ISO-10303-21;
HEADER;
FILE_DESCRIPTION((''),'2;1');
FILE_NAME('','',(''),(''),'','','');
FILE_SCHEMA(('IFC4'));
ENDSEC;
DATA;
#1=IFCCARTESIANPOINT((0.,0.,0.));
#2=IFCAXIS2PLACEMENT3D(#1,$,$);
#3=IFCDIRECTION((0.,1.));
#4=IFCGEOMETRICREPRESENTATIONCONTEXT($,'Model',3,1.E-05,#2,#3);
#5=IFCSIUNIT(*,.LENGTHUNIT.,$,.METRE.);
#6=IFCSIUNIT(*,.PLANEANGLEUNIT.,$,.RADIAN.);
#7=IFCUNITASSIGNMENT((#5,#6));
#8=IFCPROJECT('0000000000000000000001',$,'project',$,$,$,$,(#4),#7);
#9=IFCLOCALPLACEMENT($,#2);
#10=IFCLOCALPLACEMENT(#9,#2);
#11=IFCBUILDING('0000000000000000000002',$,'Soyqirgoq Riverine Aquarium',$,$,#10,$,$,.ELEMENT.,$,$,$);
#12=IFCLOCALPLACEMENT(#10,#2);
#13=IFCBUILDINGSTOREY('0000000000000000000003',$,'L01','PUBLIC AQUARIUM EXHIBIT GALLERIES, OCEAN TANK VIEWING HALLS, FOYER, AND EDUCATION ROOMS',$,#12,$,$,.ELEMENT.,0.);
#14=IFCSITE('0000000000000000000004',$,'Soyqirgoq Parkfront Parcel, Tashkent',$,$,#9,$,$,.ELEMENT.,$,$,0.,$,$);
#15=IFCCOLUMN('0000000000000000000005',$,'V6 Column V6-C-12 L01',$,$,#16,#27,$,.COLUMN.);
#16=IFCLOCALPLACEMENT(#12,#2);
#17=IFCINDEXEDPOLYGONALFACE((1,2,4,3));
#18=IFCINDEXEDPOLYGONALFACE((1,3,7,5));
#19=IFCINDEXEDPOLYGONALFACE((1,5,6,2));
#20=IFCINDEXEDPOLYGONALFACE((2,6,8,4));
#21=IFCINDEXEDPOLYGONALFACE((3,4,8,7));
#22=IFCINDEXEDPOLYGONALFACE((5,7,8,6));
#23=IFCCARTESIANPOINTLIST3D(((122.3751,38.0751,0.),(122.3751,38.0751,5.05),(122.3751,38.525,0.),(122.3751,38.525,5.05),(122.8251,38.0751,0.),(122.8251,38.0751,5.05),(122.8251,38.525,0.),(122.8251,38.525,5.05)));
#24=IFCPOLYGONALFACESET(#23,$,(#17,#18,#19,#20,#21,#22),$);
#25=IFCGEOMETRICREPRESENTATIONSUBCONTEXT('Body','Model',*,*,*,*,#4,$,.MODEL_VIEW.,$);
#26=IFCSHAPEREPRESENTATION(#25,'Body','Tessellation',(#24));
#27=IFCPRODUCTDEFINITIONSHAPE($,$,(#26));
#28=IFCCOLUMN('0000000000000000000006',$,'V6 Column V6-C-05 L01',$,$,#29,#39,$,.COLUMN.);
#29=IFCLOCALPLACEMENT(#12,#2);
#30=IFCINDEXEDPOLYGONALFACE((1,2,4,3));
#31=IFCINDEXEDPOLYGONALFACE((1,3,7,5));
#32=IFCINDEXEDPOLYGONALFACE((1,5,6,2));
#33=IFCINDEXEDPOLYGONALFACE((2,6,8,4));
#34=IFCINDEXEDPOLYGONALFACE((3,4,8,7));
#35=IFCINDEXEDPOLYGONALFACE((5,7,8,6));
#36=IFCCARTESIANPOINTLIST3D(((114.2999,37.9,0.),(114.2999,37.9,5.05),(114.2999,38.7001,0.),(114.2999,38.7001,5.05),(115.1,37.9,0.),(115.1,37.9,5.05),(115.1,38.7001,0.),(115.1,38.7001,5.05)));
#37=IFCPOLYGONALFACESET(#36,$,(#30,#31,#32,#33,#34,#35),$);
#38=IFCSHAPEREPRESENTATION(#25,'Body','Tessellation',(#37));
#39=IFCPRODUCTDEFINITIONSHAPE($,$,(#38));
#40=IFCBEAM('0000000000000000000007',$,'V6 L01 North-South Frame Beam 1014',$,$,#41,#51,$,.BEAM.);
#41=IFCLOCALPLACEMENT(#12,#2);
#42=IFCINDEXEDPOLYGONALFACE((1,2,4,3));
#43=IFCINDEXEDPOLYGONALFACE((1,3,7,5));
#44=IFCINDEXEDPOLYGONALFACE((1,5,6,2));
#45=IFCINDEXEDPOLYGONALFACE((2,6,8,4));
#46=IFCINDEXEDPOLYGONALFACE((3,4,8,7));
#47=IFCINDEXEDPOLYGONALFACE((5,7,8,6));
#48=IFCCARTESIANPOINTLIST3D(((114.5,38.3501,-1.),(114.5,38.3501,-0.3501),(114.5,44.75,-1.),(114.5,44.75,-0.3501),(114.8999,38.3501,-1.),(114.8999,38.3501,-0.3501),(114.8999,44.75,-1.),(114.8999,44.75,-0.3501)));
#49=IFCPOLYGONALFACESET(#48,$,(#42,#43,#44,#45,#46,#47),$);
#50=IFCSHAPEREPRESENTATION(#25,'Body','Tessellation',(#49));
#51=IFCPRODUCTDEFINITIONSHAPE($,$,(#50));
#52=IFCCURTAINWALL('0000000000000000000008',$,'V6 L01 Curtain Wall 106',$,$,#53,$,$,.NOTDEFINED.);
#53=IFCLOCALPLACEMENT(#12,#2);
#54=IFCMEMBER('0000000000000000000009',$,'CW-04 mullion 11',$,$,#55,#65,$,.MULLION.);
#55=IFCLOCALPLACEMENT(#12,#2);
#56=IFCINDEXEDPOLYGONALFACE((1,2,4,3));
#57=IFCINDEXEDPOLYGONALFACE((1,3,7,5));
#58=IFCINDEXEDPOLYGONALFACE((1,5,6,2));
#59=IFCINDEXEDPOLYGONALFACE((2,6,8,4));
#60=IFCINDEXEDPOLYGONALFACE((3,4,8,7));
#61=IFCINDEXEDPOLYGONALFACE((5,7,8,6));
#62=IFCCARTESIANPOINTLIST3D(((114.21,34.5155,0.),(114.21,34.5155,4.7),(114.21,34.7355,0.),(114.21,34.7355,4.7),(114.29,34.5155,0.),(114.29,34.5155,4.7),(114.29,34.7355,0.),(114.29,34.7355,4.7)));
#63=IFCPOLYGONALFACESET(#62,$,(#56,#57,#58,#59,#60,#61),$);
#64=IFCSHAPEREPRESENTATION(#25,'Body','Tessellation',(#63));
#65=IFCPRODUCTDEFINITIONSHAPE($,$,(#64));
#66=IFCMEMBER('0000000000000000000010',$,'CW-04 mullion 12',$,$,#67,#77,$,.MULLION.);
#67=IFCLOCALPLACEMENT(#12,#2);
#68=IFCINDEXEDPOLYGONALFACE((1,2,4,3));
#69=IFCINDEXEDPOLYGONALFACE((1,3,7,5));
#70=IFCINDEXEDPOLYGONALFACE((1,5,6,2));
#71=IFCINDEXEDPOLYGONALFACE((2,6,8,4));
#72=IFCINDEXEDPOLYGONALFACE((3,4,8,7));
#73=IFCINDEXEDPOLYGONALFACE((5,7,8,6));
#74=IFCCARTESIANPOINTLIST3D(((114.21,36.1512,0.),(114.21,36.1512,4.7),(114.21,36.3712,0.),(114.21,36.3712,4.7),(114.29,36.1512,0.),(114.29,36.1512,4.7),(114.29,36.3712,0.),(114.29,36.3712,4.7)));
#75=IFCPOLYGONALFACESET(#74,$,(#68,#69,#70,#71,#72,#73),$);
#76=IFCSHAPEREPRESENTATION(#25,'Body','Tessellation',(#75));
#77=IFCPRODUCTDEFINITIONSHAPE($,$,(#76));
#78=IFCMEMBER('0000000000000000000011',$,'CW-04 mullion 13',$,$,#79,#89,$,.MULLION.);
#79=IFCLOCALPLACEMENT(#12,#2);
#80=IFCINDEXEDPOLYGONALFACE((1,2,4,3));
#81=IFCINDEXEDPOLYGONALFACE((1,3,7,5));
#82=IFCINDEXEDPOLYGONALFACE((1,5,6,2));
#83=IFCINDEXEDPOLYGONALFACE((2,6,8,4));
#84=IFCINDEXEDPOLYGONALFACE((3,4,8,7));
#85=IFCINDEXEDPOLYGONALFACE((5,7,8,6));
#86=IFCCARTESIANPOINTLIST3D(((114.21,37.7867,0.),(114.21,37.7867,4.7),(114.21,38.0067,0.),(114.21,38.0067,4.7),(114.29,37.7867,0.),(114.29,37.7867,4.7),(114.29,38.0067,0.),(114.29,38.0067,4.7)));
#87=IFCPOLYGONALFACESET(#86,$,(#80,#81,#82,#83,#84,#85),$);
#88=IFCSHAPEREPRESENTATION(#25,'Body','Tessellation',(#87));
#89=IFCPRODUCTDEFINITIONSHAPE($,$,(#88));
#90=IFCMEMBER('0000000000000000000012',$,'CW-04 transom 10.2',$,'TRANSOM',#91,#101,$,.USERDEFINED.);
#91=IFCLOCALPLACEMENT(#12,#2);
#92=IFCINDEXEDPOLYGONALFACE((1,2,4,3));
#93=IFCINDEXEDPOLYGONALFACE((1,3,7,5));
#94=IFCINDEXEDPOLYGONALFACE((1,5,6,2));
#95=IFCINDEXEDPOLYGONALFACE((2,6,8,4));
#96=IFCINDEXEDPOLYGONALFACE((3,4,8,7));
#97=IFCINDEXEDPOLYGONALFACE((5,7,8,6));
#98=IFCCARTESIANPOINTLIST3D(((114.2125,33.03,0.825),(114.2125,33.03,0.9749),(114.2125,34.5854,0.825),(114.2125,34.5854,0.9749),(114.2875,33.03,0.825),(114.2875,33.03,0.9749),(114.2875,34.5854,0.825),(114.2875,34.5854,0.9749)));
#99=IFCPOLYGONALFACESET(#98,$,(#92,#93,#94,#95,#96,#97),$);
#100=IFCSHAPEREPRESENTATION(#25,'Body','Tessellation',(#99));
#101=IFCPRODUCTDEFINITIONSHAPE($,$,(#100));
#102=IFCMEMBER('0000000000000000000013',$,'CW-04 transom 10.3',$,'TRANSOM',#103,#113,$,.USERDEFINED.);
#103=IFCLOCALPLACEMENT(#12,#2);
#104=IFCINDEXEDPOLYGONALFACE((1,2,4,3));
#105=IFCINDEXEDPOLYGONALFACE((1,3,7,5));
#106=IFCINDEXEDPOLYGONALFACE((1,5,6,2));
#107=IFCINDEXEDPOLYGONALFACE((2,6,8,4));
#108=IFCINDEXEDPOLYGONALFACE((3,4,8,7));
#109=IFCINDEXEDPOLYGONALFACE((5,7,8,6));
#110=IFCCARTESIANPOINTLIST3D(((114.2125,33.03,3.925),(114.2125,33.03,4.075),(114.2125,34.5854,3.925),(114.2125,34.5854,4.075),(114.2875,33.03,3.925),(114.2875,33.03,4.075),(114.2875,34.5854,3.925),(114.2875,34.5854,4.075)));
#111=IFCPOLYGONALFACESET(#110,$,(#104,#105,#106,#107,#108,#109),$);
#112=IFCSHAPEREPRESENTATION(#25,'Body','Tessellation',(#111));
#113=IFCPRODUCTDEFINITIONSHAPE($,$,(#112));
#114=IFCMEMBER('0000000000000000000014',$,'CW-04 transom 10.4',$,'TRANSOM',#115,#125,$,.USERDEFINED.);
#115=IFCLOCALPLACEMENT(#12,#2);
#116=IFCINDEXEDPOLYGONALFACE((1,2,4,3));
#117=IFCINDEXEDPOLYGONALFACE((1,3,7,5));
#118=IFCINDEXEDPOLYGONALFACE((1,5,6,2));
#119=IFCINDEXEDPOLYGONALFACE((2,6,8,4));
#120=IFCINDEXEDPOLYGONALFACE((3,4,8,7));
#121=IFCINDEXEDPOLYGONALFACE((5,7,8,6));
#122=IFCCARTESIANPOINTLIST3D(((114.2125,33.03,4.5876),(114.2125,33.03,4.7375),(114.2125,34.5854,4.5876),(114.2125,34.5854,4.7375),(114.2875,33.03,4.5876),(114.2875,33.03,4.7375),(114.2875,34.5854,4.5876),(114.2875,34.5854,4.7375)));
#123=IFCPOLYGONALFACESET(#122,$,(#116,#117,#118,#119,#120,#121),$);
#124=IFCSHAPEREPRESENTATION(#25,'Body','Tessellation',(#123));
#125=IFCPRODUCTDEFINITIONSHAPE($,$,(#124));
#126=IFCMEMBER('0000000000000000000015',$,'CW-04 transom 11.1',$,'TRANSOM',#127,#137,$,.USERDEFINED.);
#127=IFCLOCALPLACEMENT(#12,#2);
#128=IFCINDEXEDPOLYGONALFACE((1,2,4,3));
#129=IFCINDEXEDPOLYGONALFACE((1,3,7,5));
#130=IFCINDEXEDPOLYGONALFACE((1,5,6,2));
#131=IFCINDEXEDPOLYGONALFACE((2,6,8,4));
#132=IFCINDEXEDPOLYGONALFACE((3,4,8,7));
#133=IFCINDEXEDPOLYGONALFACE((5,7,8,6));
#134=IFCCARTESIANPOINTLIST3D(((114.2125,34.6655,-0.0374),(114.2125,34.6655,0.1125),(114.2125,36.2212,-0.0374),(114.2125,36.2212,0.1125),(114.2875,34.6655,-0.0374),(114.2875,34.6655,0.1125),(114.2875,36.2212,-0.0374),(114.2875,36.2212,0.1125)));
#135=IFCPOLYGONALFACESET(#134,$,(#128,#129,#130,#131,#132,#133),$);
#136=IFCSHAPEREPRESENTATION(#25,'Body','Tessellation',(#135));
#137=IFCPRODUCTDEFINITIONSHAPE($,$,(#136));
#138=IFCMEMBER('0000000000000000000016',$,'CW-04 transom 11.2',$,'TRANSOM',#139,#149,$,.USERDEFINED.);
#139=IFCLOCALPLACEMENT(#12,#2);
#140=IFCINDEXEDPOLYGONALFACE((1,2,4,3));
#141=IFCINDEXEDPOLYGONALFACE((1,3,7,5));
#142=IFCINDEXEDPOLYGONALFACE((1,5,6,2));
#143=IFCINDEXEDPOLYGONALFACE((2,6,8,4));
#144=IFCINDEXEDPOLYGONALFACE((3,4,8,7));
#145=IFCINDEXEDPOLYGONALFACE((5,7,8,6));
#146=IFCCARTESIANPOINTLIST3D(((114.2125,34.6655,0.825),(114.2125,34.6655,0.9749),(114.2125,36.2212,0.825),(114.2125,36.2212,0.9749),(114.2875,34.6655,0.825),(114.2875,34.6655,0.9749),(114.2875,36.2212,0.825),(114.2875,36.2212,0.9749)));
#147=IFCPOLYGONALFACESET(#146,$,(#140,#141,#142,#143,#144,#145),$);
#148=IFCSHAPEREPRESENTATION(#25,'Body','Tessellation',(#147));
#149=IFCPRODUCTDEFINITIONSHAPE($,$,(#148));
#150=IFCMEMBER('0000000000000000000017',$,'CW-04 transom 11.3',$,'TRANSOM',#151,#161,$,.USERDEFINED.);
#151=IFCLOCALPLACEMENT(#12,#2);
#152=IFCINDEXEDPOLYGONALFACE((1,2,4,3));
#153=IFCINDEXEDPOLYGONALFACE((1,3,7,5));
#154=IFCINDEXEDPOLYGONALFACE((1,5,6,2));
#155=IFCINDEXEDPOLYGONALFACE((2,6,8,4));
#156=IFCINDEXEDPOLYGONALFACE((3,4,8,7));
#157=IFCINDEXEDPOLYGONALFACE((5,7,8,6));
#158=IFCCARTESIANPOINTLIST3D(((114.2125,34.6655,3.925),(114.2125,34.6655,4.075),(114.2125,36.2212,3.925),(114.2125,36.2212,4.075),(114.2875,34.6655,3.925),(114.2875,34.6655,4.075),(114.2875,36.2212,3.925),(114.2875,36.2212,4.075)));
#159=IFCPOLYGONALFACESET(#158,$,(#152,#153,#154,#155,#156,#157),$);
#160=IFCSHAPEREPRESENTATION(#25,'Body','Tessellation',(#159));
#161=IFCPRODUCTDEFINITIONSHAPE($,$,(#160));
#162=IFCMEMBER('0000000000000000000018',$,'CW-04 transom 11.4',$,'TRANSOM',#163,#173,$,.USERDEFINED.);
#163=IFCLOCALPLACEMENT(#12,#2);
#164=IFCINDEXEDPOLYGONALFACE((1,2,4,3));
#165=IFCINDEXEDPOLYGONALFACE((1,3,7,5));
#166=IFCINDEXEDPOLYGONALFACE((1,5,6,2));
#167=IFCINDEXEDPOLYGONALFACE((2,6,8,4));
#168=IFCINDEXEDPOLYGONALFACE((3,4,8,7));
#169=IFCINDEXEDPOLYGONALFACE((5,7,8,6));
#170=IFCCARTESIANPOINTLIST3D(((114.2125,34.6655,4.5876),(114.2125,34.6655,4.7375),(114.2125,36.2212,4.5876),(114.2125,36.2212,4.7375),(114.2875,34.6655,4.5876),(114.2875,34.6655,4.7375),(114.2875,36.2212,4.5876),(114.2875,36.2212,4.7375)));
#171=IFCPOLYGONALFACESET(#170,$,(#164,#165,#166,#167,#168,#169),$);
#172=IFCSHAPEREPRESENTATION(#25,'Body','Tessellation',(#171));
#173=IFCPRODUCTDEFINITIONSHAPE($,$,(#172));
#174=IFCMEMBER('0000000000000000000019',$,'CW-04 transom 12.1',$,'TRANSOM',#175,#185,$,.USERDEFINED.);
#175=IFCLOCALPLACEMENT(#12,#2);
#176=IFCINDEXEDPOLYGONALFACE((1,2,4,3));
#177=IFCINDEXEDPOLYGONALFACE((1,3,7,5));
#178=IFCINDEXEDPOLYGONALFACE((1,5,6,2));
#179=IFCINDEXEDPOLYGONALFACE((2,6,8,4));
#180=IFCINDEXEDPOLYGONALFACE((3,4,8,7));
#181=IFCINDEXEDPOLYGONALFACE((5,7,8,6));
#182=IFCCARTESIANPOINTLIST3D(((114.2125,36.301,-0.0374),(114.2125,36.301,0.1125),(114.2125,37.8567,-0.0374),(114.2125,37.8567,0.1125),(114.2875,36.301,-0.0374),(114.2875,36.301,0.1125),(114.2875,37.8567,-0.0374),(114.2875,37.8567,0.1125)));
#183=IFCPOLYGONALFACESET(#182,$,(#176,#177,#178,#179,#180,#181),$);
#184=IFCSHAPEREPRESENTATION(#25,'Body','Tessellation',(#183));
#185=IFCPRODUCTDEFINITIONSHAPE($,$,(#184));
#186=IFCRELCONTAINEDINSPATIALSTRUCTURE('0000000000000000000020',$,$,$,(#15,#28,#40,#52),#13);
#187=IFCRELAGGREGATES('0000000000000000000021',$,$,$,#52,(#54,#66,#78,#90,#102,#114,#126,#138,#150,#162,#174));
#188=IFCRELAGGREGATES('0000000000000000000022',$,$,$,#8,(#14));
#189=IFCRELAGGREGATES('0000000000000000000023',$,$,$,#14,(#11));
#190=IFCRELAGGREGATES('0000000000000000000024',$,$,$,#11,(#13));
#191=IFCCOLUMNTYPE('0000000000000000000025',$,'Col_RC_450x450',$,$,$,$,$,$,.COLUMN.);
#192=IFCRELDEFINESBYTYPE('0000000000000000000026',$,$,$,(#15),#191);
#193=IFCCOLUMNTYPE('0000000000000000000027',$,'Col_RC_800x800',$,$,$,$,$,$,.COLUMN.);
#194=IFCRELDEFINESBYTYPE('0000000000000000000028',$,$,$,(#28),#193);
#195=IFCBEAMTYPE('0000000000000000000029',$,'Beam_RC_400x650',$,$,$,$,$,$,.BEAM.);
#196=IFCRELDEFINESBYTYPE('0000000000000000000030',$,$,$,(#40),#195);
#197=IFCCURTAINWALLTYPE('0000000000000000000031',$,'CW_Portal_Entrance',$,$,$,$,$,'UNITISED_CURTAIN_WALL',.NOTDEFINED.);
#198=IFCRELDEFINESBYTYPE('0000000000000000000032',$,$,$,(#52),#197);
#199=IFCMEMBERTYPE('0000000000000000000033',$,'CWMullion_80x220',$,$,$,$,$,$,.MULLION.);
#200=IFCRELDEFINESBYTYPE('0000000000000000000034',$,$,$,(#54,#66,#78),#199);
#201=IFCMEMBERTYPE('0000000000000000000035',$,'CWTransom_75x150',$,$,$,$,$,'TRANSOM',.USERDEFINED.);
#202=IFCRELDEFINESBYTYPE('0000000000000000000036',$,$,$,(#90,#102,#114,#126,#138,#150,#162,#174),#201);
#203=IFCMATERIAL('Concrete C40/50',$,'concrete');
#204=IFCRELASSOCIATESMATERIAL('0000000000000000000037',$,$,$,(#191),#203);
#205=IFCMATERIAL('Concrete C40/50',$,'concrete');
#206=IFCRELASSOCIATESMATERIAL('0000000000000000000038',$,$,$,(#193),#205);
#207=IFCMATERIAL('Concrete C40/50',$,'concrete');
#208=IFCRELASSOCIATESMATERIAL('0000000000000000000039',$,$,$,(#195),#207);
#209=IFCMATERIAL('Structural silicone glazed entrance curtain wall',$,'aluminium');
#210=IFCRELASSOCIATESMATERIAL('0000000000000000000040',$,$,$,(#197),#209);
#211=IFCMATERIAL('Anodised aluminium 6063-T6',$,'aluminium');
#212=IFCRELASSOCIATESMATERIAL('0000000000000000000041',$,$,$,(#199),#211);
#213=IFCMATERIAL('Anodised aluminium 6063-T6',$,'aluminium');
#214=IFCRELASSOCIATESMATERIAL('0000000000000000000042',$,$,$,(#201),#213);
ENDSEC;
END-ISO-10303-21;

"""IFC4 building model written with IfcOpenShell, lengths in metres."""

from ifc_helpers import new_model, si_unit, direction, frame, origin, origin_2d, place, context, subcontext, project, spatial, rectangle, extrude, material, material_profile, profile_set, type_object, element, aggregate, save


model = new_model("IFC4")

# Units and contexts
model_context = context("Model", 3, precision=1e-05, world=origin(), true_north=direction((0.0, 1.0)))
body_context = subcontext(model_context, "Body", "Model", "MODEL_VIEW")
ifc_project = project(units=[si_unit("LENGTHUNIT", "METRE"), si_unit("PLANEANGLEUNIT", "RADIAN")], contexts=[model_context])

# Site, building, storey
site_placement = place(None, origin())
site = spatial("IfcSite", under=ifc_project, at=site_placement, Name="Soyqirgoq Parkfront Parcel, Tashkent", CompositionType="ELEMENT", RefElevation=0.0)
building_placement = place(site_placement, origin())
building = spatial("IfcBuilding", under=site, at=building_placement, Name="Soyqirgoq Riverine Aquarium", CompositionType="ELEMENT")
storey_placement = place(building_placement, origin())
storey = spatial("IfcBuildingStorey", under=building, at=storey_placement, Name="L01", Description="PUBLIC AQUARIUM EXHIBIT GALLERIES, OCEAN TANK VIEWING HALLS, FOYER, AND EDUCATION ROOMS", CompositionType="ELEMENT", Elevation=0.0)

# Columns
ifc_material_1 = material(Name="Concrete C40/50", Category="concrete")
ifc_material_profile_1 = material_profile(ifc_material_1, rectangle(XDim=0.45, YDim=0.45, at=origin_2d()), Name="RC 450x450")
ifc_profile_set_1 = profile_set([ifc_material_profile_1], Name="Concrete C40/50")
column_type_1 = type_object("IfcColumnType", Name="Col_RC_450x450", PredefinedType="COLUMN", material=ifc_profile_set_1)
column_1_placement = place(storey_placement, frame((122.6001, 38.3, 0.0), z_axis=(0.0, 0.0, 1.0), x_axis=(1.0, 0.0, 0.0)))
element("IfcColumn", 1, at=column_1_placement, inside=storey, type_object=column_type_1, Name="V6 Column V6-C-12 L01", PredefinedType="COLUMN", context=body_context, shape_type="SweptSolid", body=[
    extrude(rectangle(XDim=0.45, YDim=0.45, at=origin_2d()), origin(), (0.0, 0.0, 1.0), 5.05),
])
ifc_material_2 = material(Name="Concrete C40/50", Category="concrete")
ifc_material_profile_2 = material_profile(ifc_material_2, rectangle(XDim=0.8, YDim=0.8, at=origin_2d()), Name="RC 800x800")
ifc_profile_set_2 = profile_set([ifc_material_profile_2], Name="Concrete C40/50")
column_type_2 = type_object("IfcColumnType", Name="Col_RC_800x800", PredefinedType="COLUMN", material=ifc_profile_set_2)
column_2_placement = place(storey_placement, frame((114.7, 38.3, 0.0), z_axis=(0.0, 0.0, 1.0), x_axis=(1.0, 0.0, 0.0)))
element("IfcColumn", 2, at=column_2_placement, inside=storey, type_object=column_type_2, Name="V6 Column V6-C-05 L01", PredefinedType="COLUMN", context=body_context, shape_type="SweptSolid", body=[
    extrude(rectangle(XDim=0.8, YDim=0.8, at=origin_2d()), origin(), (0.0, 0.0, 1.0), 5.05),
])

# Beam
ifc_material_3 = material(Name="Concrete C40/50", Category="concrete")
ifc_material_profile_3 = material_profile(ifc_material_3, rectangle(XDim=0.3999, YDim=0.6499, at=origin_2d()), Name="RC 400x650")
ifc_profile_set_3 = profile_set([ifc_material_profile_3], Name="Concrete C40/50")
beam_type_1 = type_object("IfcBeamType", Name="Beam_RC_400x650", PredefinedType="BEAM", material=ifc_profile_set_3)
beam_1_placement = place(storey_placement, frame((114.7, 38.3501, -0.675), z_axis=(0.0, 1.0, 0.0), x_axis=(-1.0, 0.0, 0.0)))
element("IfcBeam", 3, at=beam_1_placement, inside=storey, type_object=beam_type_1, Name="V6 L01 North-South Frame Beam 1014", PredefinedType="BEAM", context=body_context, shape_type="SweptSolid", body=[
    extrude(rectangle(XDim=0.3999, YDim=0.6499, at=origin_2d()), origin(), (0.0, 0.0, 1.0), 6.3999),
])

# Curtain wall, members
ifc_material_4 = material(Name="Structural silicone glazed entrance curtain wall", Category="aluminium")
curtain_wall_type = type_object("IfcCurtainWallType", Name="CW_Portal_Entrance", ElementType="UNITISED_CURTAIN_WALL", PredefinedType="NOTDEFINED", material=ifc_material_4)
curtain_wall_placement = place(storey_placement, origin())
curtain_wall = element("IfcCurtainWall", 4, at=curtain_wall_placement, inside=storey, type_object=curtain_wall_type, Name="V6 L01 Curtain Wall 106", PredefinedType="NOTDEFINED")
ifc_material_5 = material(Name="Anodised aluminium 6063-T6", Category="aluminium")
ifc_material_profile_4 = material_profile(ifc_material_5, rectangle(XDim=0.0801, YDim=0.22, at=origin_2d()), Name="ALU-M 80x220")
ifc_profile_set_4 = profile_set([ifc_material_profile_4], Name="Anodised aluminium 6063-T6")
member_type_1 = type_object("IfcMemberType", Name="CWMullion_80x220", PredefinedType="MULLION", material=ifc_profile_set_4)
member_1_placement = place(storey_placement, frame((114.25, 34.6255, 0.0), z_axis=(0.0, 0.0, 1.0), x_axis=(-1.0, 0.0, 0.0)))
member_1 = element("IfcMember", 5, at=member_1_placement, type_object=member_type_1, Name="CW-04 mullion 11", PredefinedType="MULLION", context=body_context, shape_type="SweptSolid", body=[
    extrude(rectangle(XDim=0.0801, YDim=0.22, at=origin_2d()), origin(), (0.0, 0.0, 1.0), 4.7),
])
member_2_placement = place(storey_placement, frame((114.25, 36.2612, 0.0), z_axis=(0.0, 0.0, 1.0), x_axis=(-1.0, 0.0, 0.0)))
member_2 = element("IfcMember", 6, at=member_2_placement, type_object=member_type_1, Name="CW-04 mullion 12", PredefinedType="MULLION", context=body_context, shape_type="SweptSolid", body=[
    extrude(rectangle(XDim=0.0801, YDim=0.22, at=origin_2d()), origin(), (0.0, 0.0, 1.0), 4.7),
])
member_3_placement = place(storey_placement, frame((114.25, 37.8967, 0.0), z_axis=(0.0, 0.0, 1.0), x_axis=(-1.0, 0.0, 0.0)))
member_3 = element("IfcMember", 7, at=member_3_placement, type_object=member_type_1, Name="CW-04 mullion 13", PredefinedType="MULLION", context=body_context, shape_type="SweptSolid", body=[
    extrude(rectangle(XDim=0.0801, YDim=0.22, at=origin_2d()), origin(), (0.0, 0.0, 1.0), 4.7),
])
ifc_material_6 = material(Name="Anodised aluminium 6063-T6", Category="aluminium")
ifc_material_profile_5 = material_profile(ifc_material_6, rectangle(XDim=0.075, YDim=0.1499, at=origin_2d()), Name="ALU-T 75x150")
ifc_profile_set_5 = profile_set([ifc_material_profile_5], Name="Anodised aluminium 6063-T6")
member_type_2 = type_object("IfcMemberType", Name="CWTransom_75x150", ElementType="TRANSOM", PredefinedType="USERDEFINED", material=ifc_profile_set_5)
member_4_placement = place(storey_placement, frame((114.25, 33.03, 0.8999), z_axis=(0.0, 1.0, 0.0), x_axis=(-1.0, 0.0, 0.0)))
member_4 = element("IfcMember", 8, at=member_4_placement, type_object=member_type_2, Name="CW-04 transom 10.2", ObjectType="TRANSOM", PredefinedType="USERDEFINED", context=body_context, shape_type="SweptSolid", body=[
    extrude(rectangle(XDim=0.075, YDim=0.1499, at=origin_2d()), origin(), (0.0, 0.0, 1.0), 1.5554),
])
member_5_placement = place(storey_placement, frame((114.25, 33.03, 4.0), z_axis=(0.0, 1.0, 0.0), x_axis=(-1.0, 0.0, 0.0)))
member_5 = element("IfcMember", 9, at=member_5_placement, type_object=member_type_2, Name="CW-04 transom 10.3", ObjectType="TRANSOM", PredefinedType="USERDEFINED", context=body_context, shape_type="SweptSolid", body=[
    extrude(rectangle(XDim=0.075, YDim=0.1499, at=origin_2d()), origin(), (0.0, 0.0, 1.0), 1.5554),
])
member_6_placement = place(storey_placement, frame((114.25, 33.03, 4.6626), z_axis=(0.0, 1.0, 0.0), x_axis=(-1.0, 0.0, 0.0)))
member_6 = element("IfcMember", 10, at=member_6_placement, type_object=member_type_2, Name="CW-04 transom 10.4", ObjectType="TRANSOM", PredefinedType="USERDEFINED", context=body_context, shape_type="SweptSolid", body=[
    extrude(rectangle(XDim=0.075, YDim=0.1499, at=origin_2d()), origin(), (0.0, 0.0, 1.0), 1.5554),
])
member_7_placement = place(storey_placement, frame((114.25, 34.6655, 0.0376), z_axis=(0.0, 1.0, 0.0), x_axis=(-1.0, 0.0, 0.0)))
member_7 = element("IfcMember", 11, at=member_7_placement, type_object=member_type_2, Name="CW-04 transom 11.1", ObjectType="TRANSOM", PredefinedType="USERDEFINED", context=body_context, shape_type="SweptSolid", body=[
    extrude(rectangle(XDim=0.075, YDim=0.1499, at=origin_2d()), origin(), (0.0, 0.0, 1.0), 1.5557),
])
member_8_placement = place(storey_placement, frame((114.25, 34.6655, 0.8999), z_axis=(0.0, 1.0, 0.0), x_axis=(-1.0, 0.0, 0.0)))
member_8 = element("IfcMember", 12, at=member_8_placement, type_object=member_type_2, Name="CW-04 transom 11.2", ObjectType="TRANSOM", PredefinedType="USERDEFINED", context=body_context, shape_type="SweptSolid", body=[
    extrude(rectangle(XDim=0.075, YDim=0.1499, at=origin_2d()), origin(), (0.0, 0.0, 1.0), 1.5557),
])
member_9_placement = place(storey_placement, frame((114.25, 34.6655, 4.0), z_axis=(0.0, 1.0, 0.0), x_axis=(-1.0, 0.0, 0.0)))
member_9 = element("IfcMember", 13, at=member_9_placement, type_object=member_type_2, Name="CW-04 transom 11.3", ObjectType="TRANSOM", PredefinedType="USERDEFINED", context=body_context, shape_type="SweptSolid", body=[
    extrude(rectangle(XDim=0.075, YDim=0.1499, at=origin_2d()), origin(), (0.0, 0.0, 1.0), 1.5557),
])
member_10_placement = place(storey_placement, frame((114.25, 34.6655, 4.6626), z_axis=(0.0, 1.0, 0.0), x_axis=(-1.0, 0.0, 0.0)))
member_10 = element("IfcMember", 14, at=member_10_placement, type_object=member_type_2, Name="CW-04 transom 11.4", ObjectType="TRANSOM", PredefinedType="USERDEFINED", context=body_context, shape_type="SweptSolid", body=[
    extrude(rectangle(XDim=0.075, YDim=0.1499, at=origin_2d()), origin(), (0.0, 0.0, 1.0), 1.5557),
])
member_11_placement = place(storey_placement, frame((114.25, 36.301, 0.0376), z_axis=(0.0, 1.0, 0.0), x_axis=(-1.0, 0.0, 0.0)))
member_11 = element("IfcMember", 15, at=member_11_placement, type_object=member_type_2, Name="CW-04 transom 12.1", ObjectType="TRANSOM", PredefinedType="USERDEFINED", context=body_context, shape_type="SweptSolid", body=[
    extrude(rectangle(XDim=0.075, YDim=0.1499, at=origin_2d()), origin(), (0.0, 0.0, 1.0), 1.5557),
])

aggregate(curtain_wall, [member_1, member_2, member_3, member_4, member_5, member_6, member_7, member_8, member_9, member_10, member_11])

save(model, "model.ifc")
